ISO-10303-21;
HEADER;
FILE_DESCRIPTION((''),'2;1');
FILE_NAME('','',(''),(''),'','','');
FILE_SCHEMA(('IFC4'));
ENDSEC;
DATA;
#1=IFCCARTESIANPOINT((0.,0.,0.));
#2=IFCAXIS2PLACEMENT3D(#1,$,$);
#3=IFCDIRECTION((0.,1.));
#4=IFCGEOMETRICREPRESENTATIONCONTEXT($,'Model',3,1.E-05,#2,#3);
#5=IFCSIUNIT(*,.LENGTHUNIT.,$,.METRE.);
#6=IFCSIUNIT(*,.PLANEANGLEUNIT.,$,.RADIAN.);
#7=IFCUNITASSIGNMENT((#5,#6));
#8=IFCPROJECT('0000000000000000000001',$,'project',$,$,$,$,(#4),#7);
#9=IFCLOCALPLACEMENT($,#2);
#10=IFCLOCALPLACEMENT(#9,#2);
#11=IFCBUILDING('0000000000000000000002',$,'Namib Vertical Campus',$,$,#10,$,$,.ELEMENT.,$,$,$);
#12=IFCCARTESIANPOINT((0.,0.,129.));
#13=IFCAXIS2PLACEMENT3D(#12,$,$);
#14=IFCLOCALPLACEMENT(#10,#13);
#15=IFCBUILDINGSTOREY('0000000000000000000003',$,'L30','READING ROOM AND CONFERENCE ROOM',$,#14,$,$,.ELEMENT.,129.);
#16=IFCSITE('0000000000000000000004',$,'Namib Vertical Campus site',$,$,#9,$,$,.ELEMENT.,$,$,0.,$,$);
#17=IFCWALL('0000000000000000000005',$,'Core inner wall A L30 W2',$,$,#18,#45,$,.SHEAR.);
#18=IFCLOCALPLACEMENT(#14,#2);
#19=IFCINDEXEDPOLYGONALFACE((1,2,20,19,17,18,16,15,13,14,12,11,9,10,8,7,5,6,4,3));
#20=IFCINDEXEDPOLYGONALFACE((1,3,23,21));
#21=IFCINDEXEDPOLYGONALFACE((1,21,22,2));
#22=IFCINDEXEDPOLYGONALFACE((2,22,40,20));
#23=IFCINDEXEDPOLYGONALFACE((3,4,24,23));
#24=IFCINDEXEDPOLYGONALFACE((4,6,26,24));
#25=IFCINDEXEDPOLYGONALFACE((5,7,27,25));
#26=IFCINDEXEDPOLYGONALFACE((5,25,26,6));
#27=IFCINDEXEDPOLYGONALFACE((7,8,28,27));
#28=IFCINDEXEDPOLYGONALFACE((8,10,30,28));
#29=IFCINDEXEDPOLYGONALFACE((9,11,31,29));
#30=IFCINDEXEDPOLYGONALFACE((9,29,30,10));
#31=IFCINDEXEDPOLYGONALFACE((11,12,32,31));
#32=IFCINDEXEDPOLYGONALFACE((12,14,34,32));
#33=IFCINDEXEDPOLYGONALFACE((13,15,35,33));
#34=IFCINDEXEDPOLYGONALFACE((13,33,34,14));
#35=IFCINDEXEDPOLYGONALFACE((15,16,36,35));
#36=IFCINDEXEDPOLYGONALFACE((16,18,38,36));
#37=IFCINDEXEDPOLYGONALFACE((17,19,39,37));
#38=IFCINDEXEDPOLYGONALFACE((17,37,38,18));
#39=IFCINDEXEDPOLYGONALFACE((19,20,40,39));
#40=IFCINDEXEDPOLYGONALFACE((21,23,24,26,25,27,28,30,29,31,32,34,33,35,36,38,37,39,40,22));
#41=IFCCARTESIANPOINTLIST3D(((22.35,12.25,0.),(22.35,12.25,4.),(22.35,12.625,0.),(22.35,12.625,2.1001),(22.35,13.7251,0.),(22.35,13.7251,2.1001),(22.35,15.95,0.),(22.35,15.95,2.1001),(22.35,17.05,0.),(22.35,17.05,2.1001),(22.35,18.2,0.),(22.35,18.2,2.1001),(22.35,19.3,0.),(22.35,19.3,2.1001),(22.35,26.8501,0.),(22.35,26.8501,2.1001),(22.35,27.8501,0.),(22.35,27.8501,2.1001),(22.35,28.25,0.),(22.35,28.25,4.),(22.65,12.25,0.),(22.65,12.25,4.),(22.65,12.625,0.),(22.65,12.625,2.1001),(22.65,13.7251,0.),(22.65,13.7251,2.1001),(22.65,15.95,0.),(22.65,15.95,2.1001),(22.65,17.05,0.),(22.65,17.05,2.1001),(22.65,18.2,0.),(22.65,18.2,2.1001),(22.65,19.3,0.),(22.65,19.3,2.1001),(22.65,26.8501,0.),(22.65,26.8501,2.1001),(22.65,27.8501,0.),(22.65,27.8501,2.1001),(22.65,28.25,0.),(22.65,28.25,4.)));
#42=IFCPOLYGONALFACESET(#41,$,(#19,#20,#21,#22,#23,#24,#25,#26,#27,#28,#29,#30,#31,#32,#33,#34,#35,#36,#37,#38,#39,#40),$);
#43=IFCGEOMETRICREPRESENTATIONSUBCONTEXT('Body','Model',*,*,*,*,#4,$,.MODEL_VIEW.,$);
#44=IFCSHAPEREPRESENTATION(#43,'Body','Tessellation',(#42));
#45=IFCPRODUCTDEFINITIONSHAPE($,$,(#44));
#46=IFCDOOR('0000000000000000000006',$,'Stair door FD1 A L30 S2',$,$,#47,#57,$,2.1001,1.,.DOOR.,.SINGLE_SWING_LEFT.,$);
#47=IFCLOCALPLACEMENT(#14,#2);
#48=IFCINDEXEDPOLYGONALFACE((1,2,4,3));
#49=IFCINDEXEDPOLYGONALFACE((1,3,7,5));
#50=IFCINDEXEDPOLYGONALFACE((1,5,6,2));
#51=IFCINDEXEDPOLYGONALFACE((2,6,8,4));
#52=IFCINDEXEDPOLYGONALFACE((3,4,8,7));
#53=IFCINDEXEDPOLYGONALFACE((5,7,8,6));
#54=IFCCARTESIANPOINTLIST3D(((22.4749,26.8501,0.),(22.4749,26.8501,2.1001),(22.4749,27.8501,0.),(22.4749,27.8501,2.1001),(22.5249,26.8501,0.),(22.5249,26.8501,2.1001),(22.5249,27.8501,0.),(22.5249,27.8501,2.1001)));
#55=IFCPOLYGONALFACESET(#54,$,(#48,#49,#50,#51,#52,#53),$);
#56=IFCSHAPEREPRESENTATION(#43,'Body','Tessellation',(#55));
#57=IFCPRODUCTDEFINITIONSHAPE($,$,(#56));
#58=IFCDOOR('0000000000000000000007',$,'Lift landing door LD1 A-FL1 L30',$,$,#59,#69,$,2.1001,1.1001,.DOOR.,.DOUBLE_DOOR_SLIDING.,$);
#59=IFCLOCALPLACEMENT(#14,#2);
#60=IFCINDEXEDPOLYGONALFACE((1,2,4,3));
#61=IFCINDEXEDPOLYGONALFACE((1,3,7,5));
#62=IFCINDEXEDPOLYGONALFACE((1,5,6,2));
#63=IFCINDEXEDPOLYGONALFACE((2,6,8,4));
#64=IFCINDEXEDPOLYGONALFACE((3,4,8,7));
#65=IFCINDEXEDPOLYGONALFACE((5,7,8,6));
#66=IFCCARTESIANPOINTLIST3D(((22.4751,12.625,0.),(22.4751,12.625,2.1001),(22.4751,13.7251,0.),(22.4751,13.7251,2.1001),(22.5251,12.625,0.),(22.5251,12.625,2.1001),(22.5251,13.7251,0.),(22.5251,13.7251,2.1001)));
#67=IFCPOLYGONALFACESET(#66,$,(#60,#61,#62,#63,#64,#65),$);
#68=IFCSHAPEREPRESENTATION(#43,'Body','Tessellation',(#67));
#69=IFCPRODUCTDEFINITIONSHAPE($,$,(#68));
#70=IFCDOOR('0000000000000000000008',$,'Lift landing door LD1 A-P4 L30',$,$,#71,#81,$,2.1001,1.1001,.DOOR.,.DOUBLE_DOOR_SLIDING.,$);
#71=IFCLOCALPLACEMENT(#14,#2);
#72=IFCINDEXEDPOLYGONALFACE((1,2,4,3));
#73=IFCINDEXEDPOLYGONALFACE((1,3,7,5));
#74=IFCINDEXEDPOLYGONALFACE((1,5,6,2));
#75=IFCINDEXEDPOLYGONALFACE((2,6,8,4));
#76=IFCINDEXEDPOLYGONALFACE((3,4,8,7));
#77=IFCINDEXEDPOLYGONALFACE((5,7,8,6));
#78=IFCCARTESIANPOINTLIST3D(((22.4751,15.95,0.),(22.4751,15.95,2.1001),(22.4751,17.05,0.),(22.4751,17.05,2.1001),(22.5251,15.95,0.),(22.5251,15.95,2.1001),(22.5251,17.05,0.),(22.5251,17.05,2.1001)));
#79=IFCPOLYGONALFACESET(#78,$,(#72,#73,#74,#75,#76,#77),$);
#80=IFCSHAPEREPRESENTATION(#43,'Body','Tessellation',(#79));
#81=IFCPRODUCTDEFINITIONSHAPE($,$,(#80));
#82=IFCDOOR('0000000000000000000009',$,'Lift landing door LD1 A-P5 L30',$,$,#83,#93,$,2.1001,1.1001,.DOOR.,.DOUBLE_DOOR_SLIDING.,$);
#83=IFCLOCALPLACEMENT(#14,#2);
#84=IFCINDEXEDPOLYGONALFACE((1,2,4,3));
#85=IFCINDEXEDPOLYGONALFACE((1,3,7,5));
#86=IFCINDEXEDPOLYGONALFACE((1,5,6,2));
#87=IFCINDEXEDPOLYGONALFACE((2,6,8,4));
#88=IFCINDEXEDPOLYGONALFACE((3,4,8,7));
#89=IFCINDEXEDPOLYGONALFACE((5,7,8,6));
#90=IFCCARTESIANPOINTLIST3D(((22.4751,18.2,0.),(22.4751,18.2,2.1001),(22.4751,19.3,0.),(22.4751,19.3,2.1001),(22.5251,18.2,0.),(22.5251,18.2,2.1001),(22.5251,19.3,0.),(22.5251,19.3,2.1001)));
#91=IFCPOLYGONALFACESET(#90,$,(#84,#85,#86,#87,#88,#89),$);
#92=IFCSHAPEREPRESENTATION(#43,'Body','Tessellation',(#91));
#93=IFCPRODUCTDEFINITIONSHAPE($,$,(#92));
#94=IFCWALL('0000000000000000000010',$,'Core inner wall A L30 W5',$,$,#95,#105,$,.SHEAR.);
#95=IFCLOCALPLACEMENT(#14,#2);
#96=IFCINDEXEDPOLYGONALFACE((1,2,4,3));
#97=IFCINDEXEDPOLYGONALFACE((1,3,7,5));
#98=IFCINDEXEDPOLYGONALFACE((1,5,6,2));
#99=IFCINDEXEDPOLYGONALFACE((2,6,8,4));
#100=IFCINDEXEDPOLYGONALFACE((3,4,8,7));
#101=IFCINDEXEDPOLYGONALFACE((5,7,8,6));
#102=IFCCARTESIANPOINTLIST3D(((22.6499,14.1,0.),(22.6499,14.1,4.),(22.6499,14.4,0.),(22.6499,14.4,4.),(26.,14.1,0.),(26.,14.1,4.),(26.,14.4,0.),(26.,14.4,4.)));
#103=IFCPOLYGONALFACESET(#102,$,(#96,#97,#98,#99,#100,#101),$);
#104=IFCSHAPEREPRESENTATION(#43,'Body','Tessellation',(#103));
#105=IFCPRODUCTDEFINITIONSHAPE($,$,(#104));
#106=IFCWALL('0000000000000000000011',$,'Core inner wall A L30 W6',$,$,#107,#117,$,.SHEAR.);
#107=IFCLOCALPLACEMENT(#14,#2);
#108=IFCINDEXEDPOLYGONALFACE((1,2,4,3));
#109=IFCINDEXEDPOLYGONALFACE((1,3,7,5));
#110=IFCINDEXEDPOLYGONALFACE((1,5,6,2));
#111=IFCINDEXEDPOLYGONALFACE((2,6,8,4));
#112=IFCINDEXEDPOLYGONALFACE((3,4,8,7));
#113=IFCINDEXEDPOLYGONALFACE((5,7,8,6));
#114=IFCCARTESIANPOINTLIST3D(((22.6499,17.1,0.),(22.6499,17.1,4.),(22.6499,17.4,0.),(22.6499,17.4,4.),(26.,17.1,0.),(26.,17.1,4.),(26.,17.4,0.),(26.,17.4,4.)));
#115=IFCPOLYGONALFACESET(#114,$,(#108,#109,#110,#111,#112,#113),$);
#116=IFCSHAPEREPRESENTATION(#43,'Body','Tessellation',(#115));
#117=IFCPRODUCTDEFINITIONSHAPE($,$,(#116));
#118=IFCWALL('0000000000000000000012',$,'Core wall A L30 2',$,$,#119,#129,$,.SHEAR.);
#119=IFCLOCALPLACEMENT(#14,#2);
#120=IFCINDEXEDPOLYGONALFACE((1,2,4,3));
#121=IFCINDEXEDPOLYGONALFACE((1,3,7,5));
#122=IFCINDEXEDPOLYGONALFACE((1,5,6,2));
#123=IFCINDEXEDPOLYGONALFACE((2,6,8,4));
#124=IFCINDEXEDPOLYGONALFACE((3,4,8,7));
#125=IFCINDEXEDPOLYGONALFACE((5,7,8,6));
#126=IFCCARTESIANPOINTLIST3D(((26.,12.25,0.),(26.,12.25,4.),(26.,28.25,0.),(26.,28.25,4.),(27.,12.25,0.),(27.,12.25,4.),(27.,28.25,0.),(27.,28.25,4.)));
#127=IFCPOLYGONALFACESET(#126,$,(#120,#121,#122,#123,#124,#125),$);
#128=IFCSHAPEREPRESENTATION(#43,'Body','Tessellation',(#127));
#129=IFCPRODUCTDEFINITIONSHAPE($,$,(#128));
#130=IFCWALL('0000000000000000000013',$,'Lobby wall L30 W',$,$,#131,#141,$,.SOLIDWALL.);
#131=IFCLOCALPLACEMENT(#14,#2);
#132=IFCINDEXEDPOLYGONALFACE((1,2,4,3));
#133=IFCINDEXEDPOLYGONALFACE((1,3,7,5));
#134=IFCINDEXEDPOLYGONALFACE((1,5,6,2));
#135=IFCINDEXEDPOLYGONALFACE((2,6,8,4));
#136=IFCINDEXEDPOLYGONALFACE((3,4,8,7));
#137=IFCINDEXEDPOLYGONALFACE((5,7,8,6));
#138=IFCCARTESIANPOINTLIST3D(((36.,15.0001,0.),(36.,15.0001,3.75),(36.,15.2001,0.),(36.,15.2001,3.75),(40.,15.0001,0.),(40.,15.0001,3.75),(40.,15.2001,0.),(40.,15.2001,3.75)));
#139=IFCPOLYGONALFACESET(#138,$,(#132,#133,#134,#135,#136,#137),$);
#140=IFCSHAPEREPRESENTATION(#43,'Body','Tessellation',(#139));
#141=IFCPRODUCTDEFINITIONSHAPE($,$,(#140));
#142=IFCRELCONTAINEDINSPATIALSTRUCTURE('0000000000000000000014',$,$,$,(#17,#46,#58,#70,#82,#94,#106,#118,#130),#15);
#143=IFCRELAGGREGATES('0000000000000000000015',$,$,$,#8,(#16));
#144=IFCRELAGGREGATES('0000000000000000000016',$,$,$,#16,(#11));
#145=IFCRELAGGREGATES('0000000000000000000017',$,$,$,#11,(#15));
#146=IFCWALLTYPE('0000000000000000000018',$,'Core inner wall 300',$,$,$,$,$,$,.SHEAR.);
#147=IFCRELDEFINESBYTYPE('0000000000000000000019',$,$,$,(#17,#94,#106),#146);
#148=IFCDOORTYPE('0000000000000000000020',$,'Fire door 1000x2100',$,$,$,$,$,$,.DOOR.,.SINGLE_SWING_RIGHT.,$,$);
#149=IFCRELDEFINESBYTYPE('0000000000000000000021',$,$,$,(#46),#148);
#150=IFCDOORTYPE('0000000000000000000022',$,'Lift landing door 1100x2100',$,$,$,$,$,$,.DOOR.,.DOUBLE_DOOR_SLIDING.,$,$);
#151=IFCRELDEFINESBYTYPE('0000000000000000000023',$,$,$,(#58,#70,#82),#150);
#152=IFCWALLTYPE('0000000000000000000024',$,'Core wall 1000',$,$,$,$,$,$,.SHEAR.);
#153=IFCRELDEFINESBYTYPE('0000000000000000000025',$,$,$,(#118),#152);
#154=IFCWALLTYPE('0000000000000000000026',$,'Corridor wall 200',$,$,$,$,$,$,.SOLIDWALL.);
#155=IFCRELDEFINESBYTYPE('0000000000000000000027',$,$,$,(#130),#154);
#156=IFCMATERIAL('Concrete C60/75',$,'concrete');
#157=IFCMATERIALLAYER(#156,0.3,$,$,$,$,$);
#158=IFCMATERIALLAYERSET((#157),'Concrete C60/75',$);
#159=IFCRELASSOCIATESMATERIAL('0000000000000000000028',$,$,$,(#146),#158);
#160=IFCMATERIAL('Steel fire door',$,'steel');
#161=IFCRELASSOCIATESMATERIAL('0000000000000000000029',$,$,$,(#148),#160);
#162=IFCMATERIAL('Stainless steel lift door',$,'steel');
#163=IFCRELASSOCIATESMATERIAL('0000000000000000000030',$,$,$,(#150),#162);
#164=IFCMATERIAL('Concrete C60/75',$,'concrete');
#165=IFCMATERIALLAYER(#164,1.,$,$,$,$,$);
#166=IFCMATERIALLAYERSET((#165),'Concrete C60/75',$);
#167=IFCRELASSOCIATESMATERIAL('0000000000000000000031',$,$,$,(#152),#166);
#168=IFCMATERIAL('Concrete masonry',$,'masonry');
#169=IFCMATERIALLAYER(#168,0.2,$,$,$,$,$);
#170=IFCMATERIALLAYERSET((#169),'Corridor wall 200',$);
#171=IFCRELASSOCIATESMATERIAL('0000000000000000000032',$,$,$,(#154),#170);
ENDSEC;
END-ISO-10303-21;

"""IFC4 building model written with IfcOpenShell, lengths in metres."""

from ifc_helpers import new_model, si_unit, direction, frame, frame_2d, origin, place, context, subcontext, project, spatial, rectangle, extrude, material, layer, layer_set, type_object, element, fill, save


model = new_model("IFC4")

# Units and contexts
model_context = context("Model", 3, precision=1e-05, world=origin(), true_north=direction((0.0, 1.0)))
body_context = subcontext(model_context, "Body", "Model", "MODEL_VIEW")
ifc_project = project(units=[si_unit("LENGTHUNIT", "METRE"), si_unit("PLANEANGLEUNIT", "RADIAN")], contexts=[model_context])

# Site, building, storey
site_placement = place(None, origin())
site = spatial("IfcSite", under=ifc_project, at=site_placement, Name="Namib Vertical Campus site", CompositionType="ELEMENT", RefElevation=0.0)
building_placement = place(site_placement, origin())
building = spatial("IfcBuilding", under=site, at=building_placement, Name="Namib Vertical Campus", CompositionType="ELEMENT")
storey_placement = place(building_placement, frame((0.0, 0.0, 129.0)))
storey = spatial("IfcBuildingStorey", under=building, at=storey_placement, Name="L30", Description="READING ROOM AND CONFERENCE ROOM", CompositionType="ELEMENT", Elevation=129.0)

# Wall, openings, doors
ifc_material_1 = material(Name="Concrete C60/75", Category="concrete")
ifc_layer_1 = layer(ifc_material_1, 0.3)
ifc_layer_set_1 = layer_set([ifc_layer_1], Name="Concrete C60/75")
wall_type_1 = type_object("IfcWallType", Name="Core inner wall 300", PredefinedType="SHEAR", material=ifc_layer_set_1)
wall_1_placement = place(storey_placement, frame((22.5, 12.25, 0.0), z_axis=(0.0, 0.0, 1.0), x_axis=(0.0, 1.0, 0.0)))
wall_1 = element("IfcWall", 1, at=wall_1_placement, inside=storey, type_object=wall_type_1, Name="Core inner wall A L30 W2", PredefinedType="SHEAR", context=body_context, shape_type="SweptSolid", body=[
    extrude(rectangle(XDim=16.0, YDim=0.3, at=frame_2d((8.0, 0.0))), origin(), (0.0, 0.0, 1.0), 4.0),
])
opening_1_placement = place(wall_1_placement, frame((14.6001, 0.0, 0.0)))
opening_1 = element("IfcOpeningElement", 2, at=opening_1_placement, cuts=wall_1, PredefinedType="OPENING", context=body_context, shape_type="SweptSolid", body=[
    extrude(rectangle(XDim=1.0, YDim=2.1001, at=frame_2d((0.5, 1.05))), frame((0.0, 0.1599, 0.0), z_axis=(0.0, -1.0, 0.0), x_axis=(1.0, 0.0, 0.0)), (0.0, 0.0, 1.0), 0.3201),
])
opening_2_placement = place(wall_1_placement, frame((0.375, 0.0, 0.0)))
opening_2 = element("IfcOpeningElement", 3, at=opening_2_placement, cuts=wall_1, PredefinedType="OPENING", context=body_context, shape_type="SweptSolid", body=[
    extrude(rectangle(XDim=1.1001, YDim=2.1001, at=frame_2d((0.55, 1.05))), frame((0.0, 0.1599, 0.0), z_axis=(0.0, -1.0, 0.0), x_axis=(1.0, 0.0, 0.0)), (0.0, 0.0, 1.0), 0.3201),
])
opening_3_placement = place(wall_1_placement, frame((3.7, 0.0, 0.0)))
opening_3 = element("IfcOpeningElement", 4, at=opening_3_placement, cuts=wall_1, PredefinedType="OPENING", context=body_context, shape_type="SweptSolid", body=[
    extrude(rectangle(XDim=1.1001, YDim=2.1001, at=frame_2d((0.55, 1.05))), frame((0.0, 0.1599, 0.0), z_axis=(0.0, -1.0, 0.0), x_axis=(1.0, 0.0, 0.0)), (0.0, 0.0, 1.0), 0.3201),
])
opening_4_placement = place(wall_1_placement, frame((5.95, 0.0, 0.0)))
opening_4 = element("IfcOpeningElement", 5, at=opening_4_placement, cuts=wall_1, PredefinedType="OPENING", context=body_context, shape_type="SweptSolid", body=[
    extrude(rectangle(XDim=1.1001, YDim=2.1001, at=frame_2d((0.55, 1.05))), frame((0.0, 0.1599, 0.0), z_axis=(0.0, -1.0, 0.0), x_axis=(1.0, 0.0, 0.0)), (0.0, 0.0, 1.0), 0.3201),
])
ifc_material_2 = material(Name="Steel fire door", Category="steel")
door_type_1 = type_object("IfcDoorType", Name="Fire door 1000x2100", OperationType="SINGLE_SWING_RIGHT", PredefinedType="DOOR", material=ifc_material_2)
door_1_placement = place(opening_1_placement, frame((1.0, 0.0, 0.0), z_axis=(0.0, 0.0, 1.0), x_axis=(-1.0, 0.0, 0.0)))
door_1 = element("IfcDoor", 6, at=door_1_placement, inside=storey, type_object=door_type_1, Name="Stair door FD1 A L30 S2", OperationType="SINGLE_SWING_LEFT", OverallHeight=2.1001, OverallWidth=1.0, PredefinedType="DOOR", context=body_context, shape_type="SweptSolid", body=[
    extrude(rectangle(XDim=1.0, YDim=2.1001, at=frame_2d((0.5, 1.05))), frame((0.0, 0.0249, 0.0), z_axis=(0.0, -1.0, 0.0), x_axis=(1.0, 0.0, 0.0)), (0.0, 0.0, 1.0), 0.05),
])
fill(opening_1, door_1)
ifc_material_3 = material(Name="Stainless steel lift door", Category="steel")
door_type_2 = type_object("IfcDoorType", Name="Lift landing door 1100x2100", OperationType="DOUBLE_DOOR_SLIDING", PredefinedType="DOOR", material=ifc_material_3)
door_2_placement = place(opening_2_placement, origin())
door_2 = element("IfcDoor", 7, at=door_2_placement, inside=storey, type_object=door_type_2, Name="Lift landing door LD1 A-FL1 L30", OperationType="DOUBLE_DOOR_SLIDING", OverallHeight=2.1001, OverallWidth=1.1001, PredefinedType="DOOR", context=body_context, shape_type="SweptSolid", body=[
    extrude(rectangle(XDim=1.1001, YDim=2.1001, at=frame_2d((0.55, 1.05))), frame((0.0, 0.0249, 0.0), z_axis=(0.0, -1.0, 0.0), x_axis=(1.0, 0.0, 0.0)), (0.0, 0.0, 1.0), 0.05),
])
fill(opening_2, door_2)
door_3_placement = place(opening_3_placement, origin())
door_3 = element("IfcDoor", 8, at=door_3_placement, inside=storey, type_object=door_type_2, Name="Lift landing door LD1 A-P4 L30", OperationType="DOUBLE_DOOR_SLIDING", OverallHeight=2.1001, OverallWidth=1.1001, PredefinedType="DOOR", context=body_context, shape_type="SweptSolid", body=[
    extrude(rectangle(XDim=1.1001, YDim=2.1001, at=frame_2d((0.55, 1.05))), frame((0.0, 0.0249, 0.0), z_axis=(0.0, -1.0, 0.0), x_axis=(1.0, 0.0, 0.0)), (0.0, 0.0, 1.0), 0.05),
])
fill(opening_3, door_3)
door_4_placement = place(opening_4_placement, origin())
door_4 = element("IfcDoor", 9, at=door_4_placement, inside=storey, type_object=door_type_2, Name="Lift landing door LD1 A-P5 L30", OperationType="DOUBLE_DOOR_SLIDING", OverallHeight=2.1001, OverallWidth=1.1001, PredefinedType="DOOR", context=body_context, shape_type="SweptSolid", body=[
    extrude(rectangle(XDim=1.1001, YDim=2.1001, at=frame_2d((0.55, 1.05))), frame((0.0, 0.0249, 0.0), z_axis=(0.0, -1.0, 0.0), x_axis=(1.0, 0.0, 0.0)), (0.0, 0.0, 1.0), 0.05),
])
fill(opening_4, door_4)

# Walls
for number, where, z_axis, x_axis, name in (
    (10, (22.6499, 14.25, 0.0), (0.0, 0.0, 1.0), (1.0, 0.0, 0.0), "Core inner wall A L30 W5"),
    (11, (22.6499, 17.25, 0.0), (0.0, 0.0, 1.0), (1.0, 0.0, 0.0), "Core inner wall A L30 W6"),
):
    element("IfcWall", number, at=place(storey_placement, frame(where, z_axis=z_axis, x_axis=x_axis)), inside=storey, type_object=wall_type_1, Name=name, PredefinedType="SHEAR", context=body_context, shape_type="SweptSolid", body=[
        extrude(rectangle(XDim=3.3501, YDim=0.3, at=frame_2d((1.675, 0.0))), origin(), (0.0, 0.0, 1.0), 4.0),
    ])
ifc_material_4 = material(Name="Concrete C60/75", Category="concrete")
ifc_layer_2 = layer(ifc_material_4, 1.0)
ifc_layer_set_2 = layer_set([ifc_layer_2], Name="Concrete C60/75")
wall_type_2 = type_object("IfcWallType", Name="Core wall 1000", PredefinedType="SHEAR", material=ifc_layer_set_2)
wall_2_placement = place(storey_placement, frame((26.5, 12.25, 0.0), z_axis=(0.0, 0.0, 1.0), x_axis=(0.0, 1.0, 0.0)))
element("IfcWall", 12, at=wall_2_placement, inside=storey, type_object=wall_type_2, Name="Core wall A L30 2", PredefinedType="SHEAR", context=body_context, shape_type="SweptSolid", body=[
    extrude(rectangle(XDim=16.0, YDim=1.0, at=frame_2d((8.0, 0.0))), origin(), (0.0, 0.0, 1.0), 4.0),
])
ifc_material_5 = material(Name="Concrete masonry", Category="masonry")
ifc_layer_3 = layer(ifc_material_5, 0.2)
ifc_layer_set_3 = layer_set([ifc_layer_3], Name="Corridor wall 200")
wall_type_3 = type_object("IfcWallType", Name="Corridor wall 200", PredefinedType="SOLIDWALL", material=ifc_layer_set_3)
wall_3_placement = place(storey_placement, frame((36.0, 15.1001, 0.0), z_axis=(0.0, 0.0, 1.0), x_axis=(1.0, 0.0, 0.0)))
element("IfcWall", 13, at=wall_3_placement, inside=storey, type_object=wall_type_3, Name="Lobby wall L30 W", PredefinedType="SOLIDWALL", context=body_context, shape_type="SweptSolid", body=[
    extrude(rectangle(XDim=4.0, YDim=0.2, at=frame_2d((2.0, 0.0))), origin(), (0.0, 0.0, 1.0), 3.75),
])

save(model, "model.ifc")
